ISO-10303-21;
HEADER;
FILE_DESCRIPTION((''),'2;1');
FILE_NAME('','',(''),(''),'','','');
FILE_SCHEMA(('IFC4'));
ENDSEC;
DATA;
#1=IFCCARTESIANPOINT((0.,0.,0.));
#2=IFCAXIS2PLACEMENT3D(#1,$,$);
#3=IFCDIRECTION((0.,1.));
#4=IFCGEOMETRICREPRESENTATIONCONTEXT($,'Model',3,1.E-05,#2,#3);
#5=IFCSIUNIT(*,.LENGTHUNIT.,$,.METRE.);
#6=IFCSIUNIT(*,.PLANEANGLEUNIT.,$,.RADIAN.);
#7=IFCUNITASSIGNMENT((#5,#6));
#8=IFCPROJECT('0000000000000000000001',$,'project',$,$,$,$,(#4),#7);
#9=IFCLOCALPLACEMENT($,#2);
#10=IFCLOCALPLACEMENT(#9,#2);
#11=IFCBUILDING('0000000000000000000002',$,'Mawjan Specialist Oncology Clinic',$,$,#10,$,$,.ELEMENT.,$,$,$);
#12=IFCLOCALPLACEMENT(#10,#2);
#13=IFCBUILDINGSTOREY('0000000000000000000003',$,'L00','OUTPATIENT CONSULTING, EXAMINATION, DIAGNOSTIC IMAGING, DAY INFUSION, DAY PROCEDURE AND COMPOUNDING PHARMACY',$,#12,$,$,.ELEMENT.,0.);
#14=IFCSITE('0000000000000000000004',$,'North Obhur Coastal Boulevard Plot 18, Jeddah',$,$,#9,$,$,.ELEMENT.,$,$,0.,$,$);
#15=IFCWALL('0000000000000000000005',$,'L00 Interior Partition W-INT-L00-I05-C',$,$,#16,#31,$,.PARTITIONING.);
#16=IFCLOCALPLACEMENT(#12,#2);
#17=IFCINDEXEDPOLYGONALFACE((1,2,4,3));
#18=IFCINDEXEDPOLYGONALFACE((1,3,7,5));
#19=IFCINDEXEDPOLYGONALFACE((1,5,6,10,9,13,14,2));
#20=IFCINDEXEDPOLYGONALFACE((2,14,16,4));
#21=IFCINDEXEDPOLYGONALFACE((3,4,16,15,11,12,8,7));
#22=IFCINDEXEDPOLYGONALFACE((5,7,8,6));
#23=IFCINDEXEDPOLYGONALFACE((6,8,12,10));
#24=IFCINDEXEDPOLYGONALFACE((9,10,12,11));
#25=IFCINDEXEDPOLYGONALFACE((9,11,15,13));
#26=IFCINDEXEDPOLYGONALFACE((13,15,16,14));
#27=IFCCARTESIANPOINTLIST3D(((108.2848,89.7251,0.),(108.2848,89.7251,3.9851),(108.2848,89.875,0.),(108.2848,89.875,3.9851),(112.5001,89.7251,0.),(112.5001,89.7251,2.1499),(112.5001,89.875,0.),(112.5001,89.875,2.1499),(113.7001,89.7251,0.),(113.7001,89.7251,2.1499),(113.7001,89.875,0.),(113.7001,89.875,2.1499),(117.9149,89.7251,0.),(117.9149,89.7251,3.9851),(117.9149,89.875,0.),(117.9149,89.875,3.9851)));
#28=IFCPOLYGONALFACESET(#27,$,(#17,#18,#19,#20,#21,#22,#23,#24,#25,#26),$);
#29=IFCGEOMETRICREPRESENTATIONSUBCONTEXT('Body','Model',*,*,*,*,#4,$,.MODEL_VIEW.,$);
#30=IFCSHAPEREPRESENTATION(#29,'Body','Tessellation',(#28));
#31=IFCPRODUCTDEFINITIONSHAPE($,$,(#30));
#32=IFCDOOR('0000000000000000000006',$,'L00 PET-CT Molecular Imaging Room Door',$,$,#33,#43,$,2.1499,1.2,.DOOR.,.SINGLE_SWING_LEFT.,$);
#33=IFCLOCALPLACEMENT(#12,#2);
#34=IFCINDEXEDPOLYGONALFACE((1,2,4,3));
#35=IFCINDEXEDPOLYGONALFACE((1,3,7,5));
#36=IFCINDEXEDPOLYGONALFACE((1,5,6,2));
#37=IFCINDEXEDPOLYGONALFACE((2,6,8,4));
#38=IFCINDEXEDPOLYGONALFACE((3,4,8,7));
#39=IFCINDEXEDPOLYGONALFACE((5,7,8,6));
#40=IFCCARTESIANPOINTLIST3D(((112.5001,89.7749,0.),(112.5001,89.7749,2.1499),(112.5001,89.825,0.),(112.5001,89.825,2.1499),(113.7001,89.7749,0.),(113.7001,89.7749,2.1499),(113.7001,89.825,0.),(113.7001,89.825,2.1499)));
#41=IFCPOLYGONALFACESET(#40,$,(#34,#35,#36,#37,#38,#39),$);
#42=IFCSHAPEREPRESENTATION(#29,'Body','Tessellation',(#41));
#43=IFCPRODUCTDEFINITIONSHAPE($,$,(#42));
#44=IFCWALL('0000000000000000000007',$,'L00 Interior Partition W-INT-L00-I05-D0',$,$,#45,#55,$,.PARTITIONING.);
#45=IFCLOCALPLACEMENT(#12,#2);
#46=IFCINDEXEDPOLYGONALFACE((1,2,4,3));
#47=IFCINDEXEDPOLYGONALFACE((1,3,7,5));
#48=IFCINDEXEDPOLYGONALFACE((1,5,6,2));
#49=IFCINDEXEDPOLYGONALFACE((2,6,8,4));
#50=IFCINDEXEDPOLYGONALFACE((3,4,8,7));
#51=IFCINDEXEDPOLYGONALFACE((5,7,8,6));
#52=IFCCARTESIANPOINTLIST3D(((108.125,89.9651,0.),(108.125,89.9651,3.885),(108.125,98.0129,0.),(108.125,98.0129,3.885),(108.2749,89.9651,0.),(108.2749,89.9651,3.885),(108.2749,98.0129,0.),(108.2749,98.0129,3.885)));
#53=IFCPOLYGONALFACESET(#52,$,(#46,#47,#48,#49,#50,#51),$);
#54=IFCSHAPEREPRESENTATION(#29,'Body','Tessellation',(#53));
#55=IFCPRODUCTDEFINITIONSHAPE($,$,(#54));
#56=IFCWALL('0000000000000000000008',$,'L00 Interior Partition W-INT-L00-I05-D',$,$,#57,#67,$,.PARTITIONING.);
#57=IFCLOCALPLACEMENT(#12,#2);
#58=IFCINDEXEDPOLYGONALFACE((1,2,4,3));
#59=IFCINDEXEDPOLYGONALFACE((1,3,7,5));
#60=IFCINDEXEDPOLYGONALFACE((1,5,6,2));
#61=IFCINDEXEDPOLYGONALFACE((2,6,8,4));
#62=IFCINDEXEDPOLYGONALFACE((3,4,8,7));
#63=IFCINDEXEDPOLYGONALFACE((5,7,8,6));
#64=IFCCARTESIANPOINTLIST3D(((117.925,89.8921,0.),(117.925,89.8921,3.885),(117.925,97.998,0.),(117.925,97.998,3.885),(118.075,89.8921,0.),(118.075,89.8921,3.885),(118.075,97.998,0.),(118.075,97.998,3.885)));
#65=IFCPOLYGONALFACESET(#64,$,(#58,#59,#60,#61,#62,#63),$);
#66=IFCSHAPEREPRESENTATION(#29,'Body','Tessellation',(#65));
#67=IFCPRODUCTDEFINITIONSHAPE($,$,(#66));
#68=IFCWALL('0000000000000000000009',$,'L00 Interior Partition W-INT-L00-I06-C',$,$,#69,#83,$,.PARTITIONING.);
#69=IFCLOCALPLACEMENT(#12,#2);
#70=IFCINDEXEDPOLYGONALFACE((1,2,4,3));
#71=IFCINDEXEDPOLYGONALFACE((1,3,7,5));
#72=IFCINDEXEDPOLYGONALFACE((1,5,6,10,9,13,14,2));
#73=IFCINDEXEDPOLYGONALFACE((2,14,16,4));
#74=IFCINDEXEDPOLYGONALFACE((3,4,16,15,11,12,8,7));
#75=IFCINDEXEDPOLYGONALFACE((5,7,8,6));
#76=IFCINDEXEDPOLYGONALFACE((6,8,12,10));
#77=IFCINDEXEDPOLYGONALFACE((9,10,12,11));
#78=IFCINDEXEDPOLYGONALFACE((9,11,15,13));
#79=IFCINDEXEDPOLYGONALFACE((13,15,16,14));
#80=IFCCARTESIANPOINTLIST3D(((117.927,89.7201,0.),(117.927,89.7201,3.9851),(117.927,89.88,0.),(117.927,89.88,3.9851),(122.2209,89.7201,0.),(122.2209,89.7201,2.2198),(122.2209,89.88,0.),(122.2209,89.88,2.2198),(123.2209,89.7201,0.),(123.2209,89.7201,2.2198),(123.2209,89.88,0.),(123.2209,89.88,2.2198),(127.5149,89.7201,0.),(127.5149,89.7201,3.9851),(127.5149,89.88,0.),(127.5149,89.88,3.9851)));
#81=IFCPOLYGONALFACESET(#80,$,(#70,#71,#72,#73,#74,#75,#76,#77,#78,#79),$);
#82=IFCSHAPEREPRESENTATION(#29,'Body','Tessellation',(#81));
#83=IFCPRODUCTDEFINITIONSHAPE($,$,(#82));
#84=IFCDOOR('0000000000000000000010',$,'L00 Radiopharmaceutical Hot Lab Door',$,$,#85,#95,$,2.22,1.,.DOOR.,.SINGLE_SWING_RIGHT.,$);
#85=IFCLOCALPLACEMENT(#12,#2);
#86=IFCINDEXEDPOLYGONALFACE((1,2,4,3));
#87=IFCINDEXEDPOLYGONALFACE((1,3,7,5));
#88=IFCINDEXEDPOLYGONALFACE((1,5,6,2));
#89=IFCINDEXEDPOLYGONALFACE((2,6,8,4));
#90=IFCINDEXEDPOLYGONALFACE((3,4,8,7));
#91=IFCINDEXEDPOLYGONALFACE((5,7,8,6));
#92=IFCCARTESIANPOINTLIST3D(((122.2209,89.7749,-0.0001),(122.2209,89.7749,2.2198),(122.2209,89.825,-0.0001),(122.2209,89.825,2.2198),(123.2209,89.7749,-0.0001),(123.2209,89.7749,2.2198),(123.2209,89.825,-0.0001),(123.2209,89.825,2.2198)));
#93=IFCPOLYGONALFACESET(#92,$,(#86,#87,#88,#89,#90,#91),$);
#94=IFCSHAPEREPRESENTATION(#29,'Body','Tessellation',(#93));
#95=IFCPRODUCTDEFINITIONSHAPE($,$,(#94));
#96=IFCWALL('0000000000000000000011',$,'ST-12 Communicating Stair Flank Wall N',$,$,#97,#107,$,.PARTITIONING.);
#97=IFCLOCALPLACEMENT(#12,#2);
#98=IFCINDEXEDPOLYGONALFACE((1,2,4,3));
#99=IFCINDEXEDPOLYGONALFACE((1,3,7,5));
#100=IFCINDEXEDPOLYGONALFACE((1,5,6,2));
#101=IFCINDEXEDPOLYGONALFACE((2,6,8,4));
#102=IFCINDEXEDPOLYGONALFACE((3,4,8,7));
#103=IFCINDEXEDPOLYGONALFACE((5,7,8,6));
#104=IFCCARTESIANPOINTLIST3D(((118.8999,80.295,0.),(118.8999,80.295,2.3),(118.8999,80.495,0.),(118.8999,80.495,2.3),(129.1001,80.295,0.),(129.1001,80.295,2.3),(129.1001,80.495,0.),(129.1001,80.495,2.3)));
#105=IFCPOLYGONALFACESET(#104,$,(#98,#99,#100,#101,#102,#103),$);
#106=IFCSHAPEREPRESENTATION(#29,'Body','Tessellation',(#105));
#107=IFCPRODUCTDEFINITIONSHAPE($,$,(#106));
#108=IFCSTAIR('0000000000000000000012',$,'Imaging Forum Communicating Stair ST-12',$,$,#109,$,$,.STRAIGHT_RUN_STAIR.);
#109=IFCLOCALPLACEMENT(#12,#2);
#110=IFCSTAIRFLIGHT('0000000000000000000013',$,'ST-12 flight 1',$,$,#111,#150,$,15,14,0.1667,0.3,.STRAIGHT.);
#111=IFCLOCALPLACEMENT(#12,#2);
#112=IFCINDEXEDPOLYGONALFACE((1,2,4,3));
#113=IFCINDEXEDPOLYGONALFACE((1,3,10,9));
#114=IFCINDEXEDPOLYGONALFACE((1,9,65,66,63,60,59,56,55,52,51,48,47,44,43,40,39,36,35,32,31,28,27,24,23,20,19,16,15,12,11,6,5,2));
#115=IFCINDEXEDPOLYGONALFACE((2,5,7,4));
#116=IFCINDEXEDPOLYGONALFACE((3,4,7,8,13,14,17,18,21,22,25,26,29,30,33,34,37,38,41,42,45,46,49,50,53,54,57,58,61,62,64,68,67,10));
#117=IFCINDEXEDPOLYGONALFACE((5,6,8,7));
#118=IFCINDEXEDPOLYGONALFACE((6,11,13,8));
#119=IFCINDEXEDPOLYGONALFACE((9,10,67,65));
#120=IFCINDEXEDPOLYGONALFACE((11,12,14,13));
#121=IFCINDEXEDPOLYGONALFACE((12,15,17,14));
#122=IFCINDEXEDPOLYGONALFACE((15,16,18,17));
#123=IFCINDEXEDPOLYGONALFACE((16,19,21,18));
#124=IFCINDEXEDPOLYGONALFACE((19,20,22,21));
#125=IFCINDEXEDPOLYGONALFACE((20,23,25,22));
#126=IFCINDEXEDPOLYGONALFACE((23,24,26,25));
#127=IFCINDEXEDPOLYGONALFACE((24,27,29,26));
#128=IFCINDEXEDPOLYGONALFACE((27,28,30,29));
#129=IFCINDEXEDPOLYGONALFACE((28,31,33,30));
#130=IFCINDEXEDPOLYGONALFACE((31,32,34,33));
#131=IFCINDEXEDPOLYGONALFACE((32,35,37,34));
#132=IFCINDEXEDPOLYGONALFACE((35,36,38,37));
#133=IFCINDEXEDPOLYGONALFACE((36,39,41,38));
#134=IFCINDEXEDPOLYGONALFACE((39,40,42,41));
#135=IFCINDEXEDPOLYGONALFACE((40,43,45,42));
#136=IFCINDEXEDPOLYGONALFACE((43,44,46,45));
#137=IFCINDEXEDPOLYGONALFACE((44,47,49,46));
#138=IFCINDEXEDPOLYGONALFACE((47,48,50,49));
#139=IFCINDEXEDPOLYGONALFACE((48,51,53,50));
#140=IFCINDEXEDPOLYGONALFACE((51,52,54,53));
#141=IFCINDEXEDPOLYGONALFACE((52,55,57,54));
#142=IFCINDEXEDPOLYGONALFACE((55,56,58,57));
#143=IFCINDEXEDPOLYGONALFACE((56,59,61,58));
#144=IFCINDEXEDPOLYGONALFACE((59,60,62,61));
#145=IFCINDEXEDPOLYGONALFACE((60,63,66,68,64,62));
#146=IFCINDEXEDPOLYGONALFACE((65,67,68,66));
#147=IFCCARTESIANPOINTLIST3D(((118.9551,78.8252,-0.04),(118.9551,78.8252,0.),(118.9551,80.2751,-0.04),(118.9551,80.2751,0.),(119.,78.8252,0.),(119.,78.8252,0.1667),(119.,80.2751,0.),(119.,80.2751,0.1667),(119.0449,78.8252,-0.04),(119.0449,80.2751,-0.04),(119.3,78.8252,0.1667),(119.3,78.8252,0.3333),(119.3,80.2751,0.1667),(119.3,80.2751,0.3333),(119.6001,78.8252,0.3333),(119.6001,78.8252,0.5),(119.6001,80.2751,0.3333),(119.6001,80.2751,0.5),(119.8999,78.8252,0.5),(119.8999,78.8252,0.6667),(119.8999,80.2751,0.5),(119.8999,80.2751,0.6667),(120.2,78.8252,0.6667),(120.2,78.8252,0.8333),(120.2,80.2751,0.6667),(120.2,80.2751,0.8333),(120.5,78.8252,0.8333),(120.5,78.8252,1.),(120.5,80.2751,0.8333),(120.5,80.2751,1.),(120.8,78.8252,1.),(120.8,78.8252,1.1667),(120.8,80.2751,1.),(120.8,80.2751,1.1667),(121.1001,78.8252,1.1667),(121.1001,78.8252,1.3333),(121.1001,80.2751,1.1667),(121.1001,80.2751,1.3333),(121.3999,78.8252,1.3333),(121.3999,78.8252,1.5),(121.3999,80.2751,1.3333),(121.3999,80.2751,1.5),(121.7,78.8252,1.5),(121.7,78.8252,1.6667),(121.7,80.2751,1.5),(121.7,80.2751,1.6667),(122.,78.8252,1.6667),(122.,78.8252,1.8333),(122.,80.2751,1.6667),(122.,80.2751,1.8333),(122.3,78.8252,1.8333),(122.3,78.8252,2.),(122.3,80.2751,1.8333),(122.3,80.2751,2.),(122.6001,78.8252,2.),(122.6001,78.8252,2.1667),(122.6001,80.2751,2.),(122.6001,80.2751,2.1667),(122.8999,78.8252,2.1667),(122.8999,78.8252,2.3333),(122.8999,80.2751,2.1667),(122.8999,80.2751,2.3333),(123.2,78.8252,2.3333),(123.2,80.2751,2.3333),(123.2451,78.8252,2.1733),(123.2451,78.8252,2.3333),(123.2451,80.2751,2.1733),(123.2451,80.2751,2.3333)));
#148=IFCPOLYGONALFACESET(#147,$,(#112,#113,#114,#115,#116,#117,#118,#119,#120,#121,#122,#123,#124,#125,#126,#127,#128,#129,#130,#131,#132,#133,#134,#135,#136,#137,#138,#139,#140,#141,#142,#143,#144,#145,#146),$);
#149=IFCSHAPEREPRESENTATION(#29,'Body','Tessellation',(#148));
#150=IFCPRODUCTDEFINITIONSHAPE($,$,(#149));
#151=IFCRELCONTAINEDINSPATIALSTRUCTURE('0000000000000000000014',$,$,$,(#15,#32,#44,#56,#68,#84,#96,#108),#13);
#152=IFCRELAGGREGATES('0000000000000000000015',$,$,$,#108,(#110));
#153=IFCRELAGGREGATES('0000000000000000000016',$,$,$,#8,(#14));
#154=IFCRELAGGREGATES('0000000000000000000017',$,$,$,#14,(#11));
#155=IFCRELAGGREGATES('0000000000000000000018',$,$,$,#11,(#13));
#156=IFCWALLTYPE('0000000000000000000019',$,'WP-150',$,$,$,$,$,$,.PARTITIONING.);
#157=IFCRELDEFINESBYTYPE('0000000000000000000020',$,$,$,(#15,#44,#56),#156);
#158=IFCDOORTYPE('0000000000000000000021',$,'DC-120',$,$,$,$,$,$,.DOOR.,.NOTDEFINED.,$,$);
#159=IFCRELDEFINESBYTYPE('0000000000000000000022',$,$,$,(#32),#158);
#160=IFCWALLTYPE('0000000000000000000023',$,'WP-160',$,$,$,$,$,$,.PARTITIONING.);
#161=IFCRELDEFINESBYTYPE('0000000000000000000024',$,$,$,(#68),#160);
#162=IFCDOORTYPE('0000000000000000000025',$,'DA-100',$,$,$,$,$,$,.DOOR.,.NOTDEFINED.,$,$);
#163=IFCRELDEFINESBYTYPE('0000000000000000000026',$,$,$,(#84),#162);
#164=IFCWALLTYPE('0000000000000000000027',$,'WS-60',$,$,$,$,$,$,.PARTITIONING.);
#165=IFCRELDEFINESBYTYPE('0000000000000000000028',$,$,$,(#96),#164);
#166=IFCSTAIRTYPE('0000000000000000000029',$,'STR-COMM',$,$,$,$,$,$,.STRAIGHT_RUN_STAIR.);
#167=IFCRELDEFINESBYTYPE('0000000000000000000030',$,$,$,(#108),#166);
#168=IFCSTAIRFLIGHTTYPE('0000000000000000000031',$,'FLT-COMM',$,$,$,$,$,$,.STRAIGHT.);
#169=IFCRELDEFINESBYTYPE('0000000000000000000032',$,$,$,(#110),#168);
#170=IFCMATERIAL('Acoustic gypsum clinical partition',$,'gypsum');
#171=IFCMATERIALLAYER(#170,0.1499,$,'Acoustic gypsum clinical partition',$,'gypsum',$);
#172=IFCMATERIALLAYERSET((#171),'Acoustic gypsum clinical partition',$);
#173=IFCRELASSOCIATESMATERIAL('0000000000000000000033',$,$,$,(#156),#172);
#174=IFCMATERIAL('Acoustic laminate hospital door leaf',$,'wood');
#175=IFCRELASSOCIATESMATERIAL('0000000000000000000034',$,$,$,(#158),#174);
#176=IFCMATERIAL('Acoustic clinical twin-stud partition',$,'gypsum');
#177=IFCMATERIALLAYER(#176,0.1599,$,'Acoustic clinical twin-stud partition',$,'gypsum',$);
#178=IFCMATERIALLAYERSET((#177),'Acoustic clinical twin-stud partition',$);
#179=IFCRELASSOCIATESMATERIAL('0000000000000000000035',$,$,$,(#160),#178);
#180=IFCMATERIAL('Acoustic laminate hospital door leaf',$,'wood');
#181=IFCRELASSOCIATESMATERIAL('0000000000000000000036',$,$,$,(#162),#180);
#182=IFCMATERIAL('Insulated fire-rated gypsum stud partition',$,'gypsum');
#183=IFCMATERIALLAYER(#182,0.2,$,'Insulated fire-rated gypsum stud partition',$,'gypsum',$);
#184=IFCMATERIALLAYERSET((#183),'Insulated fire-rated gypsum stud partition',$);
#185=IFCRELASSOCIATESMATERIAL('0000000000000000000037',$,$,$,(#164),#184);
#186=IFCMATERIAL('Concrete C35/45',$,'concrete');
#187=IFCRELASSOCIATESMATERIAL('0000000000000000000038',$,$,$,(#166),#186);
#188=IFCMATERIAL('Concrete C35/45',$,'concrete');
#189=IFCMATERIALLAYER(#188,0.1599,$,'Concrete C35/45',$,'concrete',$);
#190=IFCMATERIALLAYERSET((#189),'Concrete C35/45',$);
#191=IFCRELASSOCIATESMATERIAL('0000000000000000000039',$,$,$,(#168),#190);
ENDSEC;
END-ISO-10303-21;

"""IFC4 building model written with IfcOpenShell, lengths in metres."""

from ifc_helpers import new_model, si_unit, direction, frame, frame_2d, origin, place, context, subcontext, project, spatial, polyline, rectangle, outline, extrude, material, layer, layer_set, type_object, element, fill, aggregate, save


model = new_model("IFC4")

# Units and contexts
model_context = context("Model", 3, precision=1e-05, world=origin(), true_north=direction((0.0, 1.0)))
body_context = subcontext(model_context, "Body", "Model", "MODEL_VIEW")
ifc_project = project(units=[si_unit("LENGTHUNIT", "METRE"), si_unit("PLANEANGLEUNIT", "RADIAN")], contexts=[model_context])

# Site, building, storey
site_placement = place(None, origin())
site = spatial("IfcSite", under=ifc_project, at=site_placement, Name="North Obhur Coastal Boulevard Plot 18, Jeddah", CompositionType="ELEMENT", RefElevation=0.0)
building_placement = place(site_placement, origin())
building = spatial("IfcBuilding", under=site, at=building_placement, Name="Mawjan Specialist Oncology Clinic", CompositionType="ELEMENT")
storey_placement = place(building_placement, origin())
storey = spatial("IfcBuildingStorey", under=building, at=storey_placement, Name="L00", Description="OUTPATIENT CONSULTING, EXAMINATION, DIAGNOSTIC IMAGING, DAY INFUSION, DAY PROCEDURE AND COMPOUNDING PHARMACY", CompositionType="ELEMENT", Elevation=0.0)

# Wall, opening, door
ifc_material_1 = material(Name="Acoustic gypsum clinical partition", Category="gypsum")
ifc_layer_1 = layer(ifc_material_1, 0.1499, Name="Acoustic gypsum clinical partition", Category="gypsum")
ifc_layer_set_1 = layer_set([ifc_layer_1], Name="Acoustic gypsum clinical partition")
wall_type_1 = type_object("IfcWallType", Name="WP-150", PredefinedType="PARTITIONING", material=ifc_layer_set_1)
wall_1_placement = place(storey_placement, frame((108.2849, 89.8, 0.0), z_axis=(0.0, 0.0, 1.0), x_axis=(1.0, 0.0, 0.0)))
wall_1 = element("IfcWall", 1, at=wall_1_placement, inside=storey, type_object=wall_type_1, Name="L00 Interior Partition W-INT-L00-I05-C", PredefinedType="PARTITIONING", context=body_context, shape_type="SweptSolid", body=[
    extrude(rectangle(XDim=9.6301, YDim=0.1499, at=frame_2d((4.8149, 0.0))), origin(), (0.0, 0.0, 1.0), 3.9851),
])
opening_1_placement = place(wall_1_placement, frame((4.2151, 0.0, 0.0)))
opening_1 = element("IfcOpeningElement", 2, at=opening_1_placement, cuts=wall_1, PredefinedType="OPENING", context=body_context, shape_type="SweptSolid", body=[
    extrude(rectangle(XDim=1.2, YDim=2.1499, at=frame_2d((0.6001, 1.075))), frame((0.0, 0.0869, 0.0), z_axis=(0.0, -1.0, 0.0), x_axis=(1.0, 0.0, 0.0)), (0.0, 0.0, 1.0), 0.1738),
])
ifc_material_2 = material(Name="Acoustic laminate hospital door leaf", Category="wood")
door_type_1 = type_object("IfcDoorType", Name="DC-120", OperationType="NOTDEFINED", PredefinedType="DOOR", material=ifc_material_2)
door_1_placement = place(opening_1_placement, origin())
door_1 = element("IfcDoor", 3, at=door_1_placement, inside=storey, type_object=door_type_1, Name="L00 PET-CT Molecular Imaging Room Door", OperationType="SINGLE_SWING_LEFT", OverallHeight=2.1499, OverallWidth=1.2, PredefinedType="DOOR", context=body_context, shape_type="SweptSolid", body=[
    extrude(rectangle(XDim=1.2, YDim=2.1499, at=frame_2d((0.6001, 1.075))), frame((0.0, 0.0249, 0.0), z_axis=(0.0, -1.0, 0.0), x_axis=(1.0, 0.0, 0.0)), (0.0, 0.0, 1.0), 0.05),
])
fill(opening_1, door_1)

# Walls
wall_2_placement = place(storey_placement, frame((108.2, 89.9651, 0.0), z_axis=(0.0, 0.0, 1.0), x_axis=(0.0, 1.0, 0.0)))
element("IfcWall", 4, at=wall_2_placement, inside=storey, type_object=wall_type_1, Name="L00 Interior Partition W-INT-L00-I05-D0", PredefinedType="PARTITIONING", context=body_context, shape_type="SweptSolid", body=[
    extrude(rectangle(XDim=8.0479, YDim=0.1499, at=frame_2d((4.0239, 0.0))), origin(), (0.0, 0.0, 1.0), 3.885),
])
wall_3_placement = place(storey_placement, frame((118.0, 89.8921, 0.0), z_axis=(0.0, 0.0, 1.0), x_axis=(0.0, 1.0, 0.0)))
element("IfcWall", 5, at=wall_3_placement, inside=storey, type_object=wall_type_1, Name="L00 Interior Partition W-INT-L00-I05-D", PredefinedType="PARTITIONING", context=body_context, shape_type="SweptSolid", body=[
    extrude(rectangle(XDim=8.106, YDim=0.1499, at=frame_2d((4.053, 0.0))), origin(), (0.0, 0.0, 1.0), 3.885),
])

# Wall, opening, door
ifc_material_3 = material(Name="Acoustic clinical twin-stud partition", Category="gypsum")
ifc_layer_2 = layer(ifc_material_3, 0.1599, Name="Acoustic clinical twin-stud partition", Category="gypsum")
ifc_layer_set_2 = layer_set([ifc_layer_2], Name="Acoustic clinical twin-stud partition")
wall_type_2 = type_object("IfcWallType", Name="WP-160", PredefinedType="PARTITIONING", material=ifc_layer_set_2)
wall_4_placement = place(storey_placement, frame((117.927, 89.8, 0.0), z_axis=(0.0, 0.0, 1.0), x_axis=(1.0, 0.0, 0.0)))
wall_4 = element("IfcWall", 6, at=wall_4_placement, inside=storey, type_object=wall_type_2, Name="L00 Interior Partition W-INT-L00-I06-C", PredefinedType="PARTITIONING", context=body_context, shape_type="SweptSolid", body=[
    extrude(rectangle(XDim=9.5879, YDim=0.1599, at=frame_2d((4.7939, 0.0))), origin(), (0.0, 0.0, 1.0), 3.9851),
])
opening_2_placement = place(wall_4_placement, frame((4.2939, 0.0, 0.0)))
opening_2 = element("IfcOpeningElement", 7, at=opening_2_placement, cuts=wall_4, PredefinedType="OPENING", context=body_context, shape_type="SweptSolid", body=[
    extrude(rectangle(XDim=1.0, YDim=2.22, at=frame_2d((0.5, 1.1099))), frame((0.0, 0.092, 0.0), z_axis=(0.0, -1.0, 0.0), x_axis=(1.0, 0.0, 0.0)), (0.0, 0.0, 1.0), 0.1838),
])
ifc_material_4 = material(Name="Acoustic laminate hospital door leaf", Category="wood")
door_type_2 = type_object("IfcDoorType", Name="DA-100", OperationType="NOTDEFINED", PredefinedType="DOOR", material=ifc_material_4)
door_2_placement = place(opening_2_placement, origin())
door_2 = element("IfcDoor", 8, at=door_2_placement, inside=storey, type_object=door_type_2, Name="L00 Radiopharmaceutical Hot Lab Door", OperationType="SINGLE_SWING_RIGHT", OverallHeight=2.22, OverallWidth=1.0, PredefinedType="DOOR", context=body_context, shape_type="SweptSolid", body=[
    extrude(rectangle(XDim=1.0, YDim=2.22, at=frame_2d((0.5, 1.1099))), frame((0.0, 0.0249, 0.0), z_axis=(0.0, -1.0, 0.0), x_axis=(1.0, 0.0, 0.0)), (0.0, 0.0, 1.0), 0.05),
])
fill(opening_2, door_2)

# Wall
ifc_material_5 = material(Name="Insulated fire-rated gypsum stud partition", Category="gypsum")
ifc_layer_3 = layer(ifc_material_5, 0.2, Name="Insulated fire-rated gypsum stud partition", Category="gypsum")
ifc_layer_set_3 = layer_set([ifc_layer_3], Name="Insulated fire-rated gypsum stud partition")
wall_type_3 = type_object("IfcWallType", Name="WS-60", PredefinedType="PARTITIONING", material=ifc_layer_set_3)
wall_5_placement = place(storey_placement, frame((118.8999, 80.395, 0.0), z_axis=(0.0, 0.0, 1.0), x_axis=(1.0, 0.0, 0.0)))
element("IfcWall", 9, at=wall_5_placement, inside=storey, type_object=wall_type_3, Name="ST-12 Communicating Stair Flank Wall N", PredefinedType="PARTITIONING", context=body_context, shape_type="SweptSolid", body=[
    extrude(rectangle(XDim=10.2002, YDim=0.2, at=frame_2d((5.1001, 0.0))), origin(), (0.0, 0.0, 1.0), 2.3),
])

# Stair, stair flight
ifc_material_6 = material(Name="Concrete C35/45", Category="concrete")
stair_type_1 = type_object("IfcStairType", Name="STR-COMM", PredefinedType="STRAIGHT_RUN_STAIR", material=ifc_material_6)
stair_1_placement = place(storey_placement, origin())
stair_1 = element("IfcStair", 10, at=stair_1_placement, inside=storey, type_object=stair_type_1, Name="Imaging Forum Communicating Stair ST-12", PredefinedType="STRAIGHT_RUN_STAIR")
ifc_material_7 = material(Name="Concrete C35/45", Category="concrete")
ifc_layer_4 = layer(ifc_material_7, 0.1599, Name="Concrete C35/45", Category="concrete")
ifc_layer_set_4 = layer_set([ifc_layer_4], Name="Concrete C35/45")
stair_flight_type_1 = type_object("IfcStairFlightType", Name="FLT-COMM", PredefinedType="STRAIGHT", material=ifc_layer_set_4)
stair_flight_1_placement = place(storey_placement, frame((119.0, 79.55, 0.0), z_axis=(0.0, 0.0, 1.0), x_axis=(1.0, 0.0, 0.0)))
stair_flight_1 = element("IfcStairFlight", 11, at=stair_flight_1_placement, type_object=stair_flight_type_1, Name="ST-12 flight 1", NumberOfRisers=15, NumberOfTreads=14, PredefinedType="STRAIGHT", RiserHeight=0.1667, TreadLength=0.3, context=body_context, shape_type="SweptSolid", body=[
    extrude(outline(polyline([(-0.0449, -0.04), (-0.0449, 0.0), (0.0, 0.0), (0.0, 0.1667), (0.3, 0.1667), (0.3, 0.3333), (0.6001, 0.3333), (0.6001, 0.5), (0.8999, 0.5), (0.8999, 0.6667), (1.2, 0.6667), (1.2, 0.8333), (1.5, 0.8333), (1.5, 1.0), (1.8, 1.0), (1.8, 1.1667), (2.1001, 1.1667), (2.1001, 1.3333), (2.3999, 1.3333), (2.3999, 1.5), (2.7, 1.5), (2.7, 1.6667), (3.0, 1.6667), (3.0, 1.8333), (3.3, 1.8333), (3.3, 2.0), (3.6001, 2.0), (3.6001, 2.1667), (3.8999, 2.1667), (3.8999, 2.3333), (4.2, 2.3333), (4.2451, 2.3333), (4.2451, 2.1733), (0.0449, -0.04), (-0.0449, -0.04)])), frame((0.0, 0.7251, 0.0), z_axis=(0.0, -1.0, 0.0), x_axis=(1.0, 0.0, 0.0)), (0.0, 0.0, 1.0), 1.45),
])
aggregate(stair_1, [stair_flight_1])

save(model, "model.ifc")
